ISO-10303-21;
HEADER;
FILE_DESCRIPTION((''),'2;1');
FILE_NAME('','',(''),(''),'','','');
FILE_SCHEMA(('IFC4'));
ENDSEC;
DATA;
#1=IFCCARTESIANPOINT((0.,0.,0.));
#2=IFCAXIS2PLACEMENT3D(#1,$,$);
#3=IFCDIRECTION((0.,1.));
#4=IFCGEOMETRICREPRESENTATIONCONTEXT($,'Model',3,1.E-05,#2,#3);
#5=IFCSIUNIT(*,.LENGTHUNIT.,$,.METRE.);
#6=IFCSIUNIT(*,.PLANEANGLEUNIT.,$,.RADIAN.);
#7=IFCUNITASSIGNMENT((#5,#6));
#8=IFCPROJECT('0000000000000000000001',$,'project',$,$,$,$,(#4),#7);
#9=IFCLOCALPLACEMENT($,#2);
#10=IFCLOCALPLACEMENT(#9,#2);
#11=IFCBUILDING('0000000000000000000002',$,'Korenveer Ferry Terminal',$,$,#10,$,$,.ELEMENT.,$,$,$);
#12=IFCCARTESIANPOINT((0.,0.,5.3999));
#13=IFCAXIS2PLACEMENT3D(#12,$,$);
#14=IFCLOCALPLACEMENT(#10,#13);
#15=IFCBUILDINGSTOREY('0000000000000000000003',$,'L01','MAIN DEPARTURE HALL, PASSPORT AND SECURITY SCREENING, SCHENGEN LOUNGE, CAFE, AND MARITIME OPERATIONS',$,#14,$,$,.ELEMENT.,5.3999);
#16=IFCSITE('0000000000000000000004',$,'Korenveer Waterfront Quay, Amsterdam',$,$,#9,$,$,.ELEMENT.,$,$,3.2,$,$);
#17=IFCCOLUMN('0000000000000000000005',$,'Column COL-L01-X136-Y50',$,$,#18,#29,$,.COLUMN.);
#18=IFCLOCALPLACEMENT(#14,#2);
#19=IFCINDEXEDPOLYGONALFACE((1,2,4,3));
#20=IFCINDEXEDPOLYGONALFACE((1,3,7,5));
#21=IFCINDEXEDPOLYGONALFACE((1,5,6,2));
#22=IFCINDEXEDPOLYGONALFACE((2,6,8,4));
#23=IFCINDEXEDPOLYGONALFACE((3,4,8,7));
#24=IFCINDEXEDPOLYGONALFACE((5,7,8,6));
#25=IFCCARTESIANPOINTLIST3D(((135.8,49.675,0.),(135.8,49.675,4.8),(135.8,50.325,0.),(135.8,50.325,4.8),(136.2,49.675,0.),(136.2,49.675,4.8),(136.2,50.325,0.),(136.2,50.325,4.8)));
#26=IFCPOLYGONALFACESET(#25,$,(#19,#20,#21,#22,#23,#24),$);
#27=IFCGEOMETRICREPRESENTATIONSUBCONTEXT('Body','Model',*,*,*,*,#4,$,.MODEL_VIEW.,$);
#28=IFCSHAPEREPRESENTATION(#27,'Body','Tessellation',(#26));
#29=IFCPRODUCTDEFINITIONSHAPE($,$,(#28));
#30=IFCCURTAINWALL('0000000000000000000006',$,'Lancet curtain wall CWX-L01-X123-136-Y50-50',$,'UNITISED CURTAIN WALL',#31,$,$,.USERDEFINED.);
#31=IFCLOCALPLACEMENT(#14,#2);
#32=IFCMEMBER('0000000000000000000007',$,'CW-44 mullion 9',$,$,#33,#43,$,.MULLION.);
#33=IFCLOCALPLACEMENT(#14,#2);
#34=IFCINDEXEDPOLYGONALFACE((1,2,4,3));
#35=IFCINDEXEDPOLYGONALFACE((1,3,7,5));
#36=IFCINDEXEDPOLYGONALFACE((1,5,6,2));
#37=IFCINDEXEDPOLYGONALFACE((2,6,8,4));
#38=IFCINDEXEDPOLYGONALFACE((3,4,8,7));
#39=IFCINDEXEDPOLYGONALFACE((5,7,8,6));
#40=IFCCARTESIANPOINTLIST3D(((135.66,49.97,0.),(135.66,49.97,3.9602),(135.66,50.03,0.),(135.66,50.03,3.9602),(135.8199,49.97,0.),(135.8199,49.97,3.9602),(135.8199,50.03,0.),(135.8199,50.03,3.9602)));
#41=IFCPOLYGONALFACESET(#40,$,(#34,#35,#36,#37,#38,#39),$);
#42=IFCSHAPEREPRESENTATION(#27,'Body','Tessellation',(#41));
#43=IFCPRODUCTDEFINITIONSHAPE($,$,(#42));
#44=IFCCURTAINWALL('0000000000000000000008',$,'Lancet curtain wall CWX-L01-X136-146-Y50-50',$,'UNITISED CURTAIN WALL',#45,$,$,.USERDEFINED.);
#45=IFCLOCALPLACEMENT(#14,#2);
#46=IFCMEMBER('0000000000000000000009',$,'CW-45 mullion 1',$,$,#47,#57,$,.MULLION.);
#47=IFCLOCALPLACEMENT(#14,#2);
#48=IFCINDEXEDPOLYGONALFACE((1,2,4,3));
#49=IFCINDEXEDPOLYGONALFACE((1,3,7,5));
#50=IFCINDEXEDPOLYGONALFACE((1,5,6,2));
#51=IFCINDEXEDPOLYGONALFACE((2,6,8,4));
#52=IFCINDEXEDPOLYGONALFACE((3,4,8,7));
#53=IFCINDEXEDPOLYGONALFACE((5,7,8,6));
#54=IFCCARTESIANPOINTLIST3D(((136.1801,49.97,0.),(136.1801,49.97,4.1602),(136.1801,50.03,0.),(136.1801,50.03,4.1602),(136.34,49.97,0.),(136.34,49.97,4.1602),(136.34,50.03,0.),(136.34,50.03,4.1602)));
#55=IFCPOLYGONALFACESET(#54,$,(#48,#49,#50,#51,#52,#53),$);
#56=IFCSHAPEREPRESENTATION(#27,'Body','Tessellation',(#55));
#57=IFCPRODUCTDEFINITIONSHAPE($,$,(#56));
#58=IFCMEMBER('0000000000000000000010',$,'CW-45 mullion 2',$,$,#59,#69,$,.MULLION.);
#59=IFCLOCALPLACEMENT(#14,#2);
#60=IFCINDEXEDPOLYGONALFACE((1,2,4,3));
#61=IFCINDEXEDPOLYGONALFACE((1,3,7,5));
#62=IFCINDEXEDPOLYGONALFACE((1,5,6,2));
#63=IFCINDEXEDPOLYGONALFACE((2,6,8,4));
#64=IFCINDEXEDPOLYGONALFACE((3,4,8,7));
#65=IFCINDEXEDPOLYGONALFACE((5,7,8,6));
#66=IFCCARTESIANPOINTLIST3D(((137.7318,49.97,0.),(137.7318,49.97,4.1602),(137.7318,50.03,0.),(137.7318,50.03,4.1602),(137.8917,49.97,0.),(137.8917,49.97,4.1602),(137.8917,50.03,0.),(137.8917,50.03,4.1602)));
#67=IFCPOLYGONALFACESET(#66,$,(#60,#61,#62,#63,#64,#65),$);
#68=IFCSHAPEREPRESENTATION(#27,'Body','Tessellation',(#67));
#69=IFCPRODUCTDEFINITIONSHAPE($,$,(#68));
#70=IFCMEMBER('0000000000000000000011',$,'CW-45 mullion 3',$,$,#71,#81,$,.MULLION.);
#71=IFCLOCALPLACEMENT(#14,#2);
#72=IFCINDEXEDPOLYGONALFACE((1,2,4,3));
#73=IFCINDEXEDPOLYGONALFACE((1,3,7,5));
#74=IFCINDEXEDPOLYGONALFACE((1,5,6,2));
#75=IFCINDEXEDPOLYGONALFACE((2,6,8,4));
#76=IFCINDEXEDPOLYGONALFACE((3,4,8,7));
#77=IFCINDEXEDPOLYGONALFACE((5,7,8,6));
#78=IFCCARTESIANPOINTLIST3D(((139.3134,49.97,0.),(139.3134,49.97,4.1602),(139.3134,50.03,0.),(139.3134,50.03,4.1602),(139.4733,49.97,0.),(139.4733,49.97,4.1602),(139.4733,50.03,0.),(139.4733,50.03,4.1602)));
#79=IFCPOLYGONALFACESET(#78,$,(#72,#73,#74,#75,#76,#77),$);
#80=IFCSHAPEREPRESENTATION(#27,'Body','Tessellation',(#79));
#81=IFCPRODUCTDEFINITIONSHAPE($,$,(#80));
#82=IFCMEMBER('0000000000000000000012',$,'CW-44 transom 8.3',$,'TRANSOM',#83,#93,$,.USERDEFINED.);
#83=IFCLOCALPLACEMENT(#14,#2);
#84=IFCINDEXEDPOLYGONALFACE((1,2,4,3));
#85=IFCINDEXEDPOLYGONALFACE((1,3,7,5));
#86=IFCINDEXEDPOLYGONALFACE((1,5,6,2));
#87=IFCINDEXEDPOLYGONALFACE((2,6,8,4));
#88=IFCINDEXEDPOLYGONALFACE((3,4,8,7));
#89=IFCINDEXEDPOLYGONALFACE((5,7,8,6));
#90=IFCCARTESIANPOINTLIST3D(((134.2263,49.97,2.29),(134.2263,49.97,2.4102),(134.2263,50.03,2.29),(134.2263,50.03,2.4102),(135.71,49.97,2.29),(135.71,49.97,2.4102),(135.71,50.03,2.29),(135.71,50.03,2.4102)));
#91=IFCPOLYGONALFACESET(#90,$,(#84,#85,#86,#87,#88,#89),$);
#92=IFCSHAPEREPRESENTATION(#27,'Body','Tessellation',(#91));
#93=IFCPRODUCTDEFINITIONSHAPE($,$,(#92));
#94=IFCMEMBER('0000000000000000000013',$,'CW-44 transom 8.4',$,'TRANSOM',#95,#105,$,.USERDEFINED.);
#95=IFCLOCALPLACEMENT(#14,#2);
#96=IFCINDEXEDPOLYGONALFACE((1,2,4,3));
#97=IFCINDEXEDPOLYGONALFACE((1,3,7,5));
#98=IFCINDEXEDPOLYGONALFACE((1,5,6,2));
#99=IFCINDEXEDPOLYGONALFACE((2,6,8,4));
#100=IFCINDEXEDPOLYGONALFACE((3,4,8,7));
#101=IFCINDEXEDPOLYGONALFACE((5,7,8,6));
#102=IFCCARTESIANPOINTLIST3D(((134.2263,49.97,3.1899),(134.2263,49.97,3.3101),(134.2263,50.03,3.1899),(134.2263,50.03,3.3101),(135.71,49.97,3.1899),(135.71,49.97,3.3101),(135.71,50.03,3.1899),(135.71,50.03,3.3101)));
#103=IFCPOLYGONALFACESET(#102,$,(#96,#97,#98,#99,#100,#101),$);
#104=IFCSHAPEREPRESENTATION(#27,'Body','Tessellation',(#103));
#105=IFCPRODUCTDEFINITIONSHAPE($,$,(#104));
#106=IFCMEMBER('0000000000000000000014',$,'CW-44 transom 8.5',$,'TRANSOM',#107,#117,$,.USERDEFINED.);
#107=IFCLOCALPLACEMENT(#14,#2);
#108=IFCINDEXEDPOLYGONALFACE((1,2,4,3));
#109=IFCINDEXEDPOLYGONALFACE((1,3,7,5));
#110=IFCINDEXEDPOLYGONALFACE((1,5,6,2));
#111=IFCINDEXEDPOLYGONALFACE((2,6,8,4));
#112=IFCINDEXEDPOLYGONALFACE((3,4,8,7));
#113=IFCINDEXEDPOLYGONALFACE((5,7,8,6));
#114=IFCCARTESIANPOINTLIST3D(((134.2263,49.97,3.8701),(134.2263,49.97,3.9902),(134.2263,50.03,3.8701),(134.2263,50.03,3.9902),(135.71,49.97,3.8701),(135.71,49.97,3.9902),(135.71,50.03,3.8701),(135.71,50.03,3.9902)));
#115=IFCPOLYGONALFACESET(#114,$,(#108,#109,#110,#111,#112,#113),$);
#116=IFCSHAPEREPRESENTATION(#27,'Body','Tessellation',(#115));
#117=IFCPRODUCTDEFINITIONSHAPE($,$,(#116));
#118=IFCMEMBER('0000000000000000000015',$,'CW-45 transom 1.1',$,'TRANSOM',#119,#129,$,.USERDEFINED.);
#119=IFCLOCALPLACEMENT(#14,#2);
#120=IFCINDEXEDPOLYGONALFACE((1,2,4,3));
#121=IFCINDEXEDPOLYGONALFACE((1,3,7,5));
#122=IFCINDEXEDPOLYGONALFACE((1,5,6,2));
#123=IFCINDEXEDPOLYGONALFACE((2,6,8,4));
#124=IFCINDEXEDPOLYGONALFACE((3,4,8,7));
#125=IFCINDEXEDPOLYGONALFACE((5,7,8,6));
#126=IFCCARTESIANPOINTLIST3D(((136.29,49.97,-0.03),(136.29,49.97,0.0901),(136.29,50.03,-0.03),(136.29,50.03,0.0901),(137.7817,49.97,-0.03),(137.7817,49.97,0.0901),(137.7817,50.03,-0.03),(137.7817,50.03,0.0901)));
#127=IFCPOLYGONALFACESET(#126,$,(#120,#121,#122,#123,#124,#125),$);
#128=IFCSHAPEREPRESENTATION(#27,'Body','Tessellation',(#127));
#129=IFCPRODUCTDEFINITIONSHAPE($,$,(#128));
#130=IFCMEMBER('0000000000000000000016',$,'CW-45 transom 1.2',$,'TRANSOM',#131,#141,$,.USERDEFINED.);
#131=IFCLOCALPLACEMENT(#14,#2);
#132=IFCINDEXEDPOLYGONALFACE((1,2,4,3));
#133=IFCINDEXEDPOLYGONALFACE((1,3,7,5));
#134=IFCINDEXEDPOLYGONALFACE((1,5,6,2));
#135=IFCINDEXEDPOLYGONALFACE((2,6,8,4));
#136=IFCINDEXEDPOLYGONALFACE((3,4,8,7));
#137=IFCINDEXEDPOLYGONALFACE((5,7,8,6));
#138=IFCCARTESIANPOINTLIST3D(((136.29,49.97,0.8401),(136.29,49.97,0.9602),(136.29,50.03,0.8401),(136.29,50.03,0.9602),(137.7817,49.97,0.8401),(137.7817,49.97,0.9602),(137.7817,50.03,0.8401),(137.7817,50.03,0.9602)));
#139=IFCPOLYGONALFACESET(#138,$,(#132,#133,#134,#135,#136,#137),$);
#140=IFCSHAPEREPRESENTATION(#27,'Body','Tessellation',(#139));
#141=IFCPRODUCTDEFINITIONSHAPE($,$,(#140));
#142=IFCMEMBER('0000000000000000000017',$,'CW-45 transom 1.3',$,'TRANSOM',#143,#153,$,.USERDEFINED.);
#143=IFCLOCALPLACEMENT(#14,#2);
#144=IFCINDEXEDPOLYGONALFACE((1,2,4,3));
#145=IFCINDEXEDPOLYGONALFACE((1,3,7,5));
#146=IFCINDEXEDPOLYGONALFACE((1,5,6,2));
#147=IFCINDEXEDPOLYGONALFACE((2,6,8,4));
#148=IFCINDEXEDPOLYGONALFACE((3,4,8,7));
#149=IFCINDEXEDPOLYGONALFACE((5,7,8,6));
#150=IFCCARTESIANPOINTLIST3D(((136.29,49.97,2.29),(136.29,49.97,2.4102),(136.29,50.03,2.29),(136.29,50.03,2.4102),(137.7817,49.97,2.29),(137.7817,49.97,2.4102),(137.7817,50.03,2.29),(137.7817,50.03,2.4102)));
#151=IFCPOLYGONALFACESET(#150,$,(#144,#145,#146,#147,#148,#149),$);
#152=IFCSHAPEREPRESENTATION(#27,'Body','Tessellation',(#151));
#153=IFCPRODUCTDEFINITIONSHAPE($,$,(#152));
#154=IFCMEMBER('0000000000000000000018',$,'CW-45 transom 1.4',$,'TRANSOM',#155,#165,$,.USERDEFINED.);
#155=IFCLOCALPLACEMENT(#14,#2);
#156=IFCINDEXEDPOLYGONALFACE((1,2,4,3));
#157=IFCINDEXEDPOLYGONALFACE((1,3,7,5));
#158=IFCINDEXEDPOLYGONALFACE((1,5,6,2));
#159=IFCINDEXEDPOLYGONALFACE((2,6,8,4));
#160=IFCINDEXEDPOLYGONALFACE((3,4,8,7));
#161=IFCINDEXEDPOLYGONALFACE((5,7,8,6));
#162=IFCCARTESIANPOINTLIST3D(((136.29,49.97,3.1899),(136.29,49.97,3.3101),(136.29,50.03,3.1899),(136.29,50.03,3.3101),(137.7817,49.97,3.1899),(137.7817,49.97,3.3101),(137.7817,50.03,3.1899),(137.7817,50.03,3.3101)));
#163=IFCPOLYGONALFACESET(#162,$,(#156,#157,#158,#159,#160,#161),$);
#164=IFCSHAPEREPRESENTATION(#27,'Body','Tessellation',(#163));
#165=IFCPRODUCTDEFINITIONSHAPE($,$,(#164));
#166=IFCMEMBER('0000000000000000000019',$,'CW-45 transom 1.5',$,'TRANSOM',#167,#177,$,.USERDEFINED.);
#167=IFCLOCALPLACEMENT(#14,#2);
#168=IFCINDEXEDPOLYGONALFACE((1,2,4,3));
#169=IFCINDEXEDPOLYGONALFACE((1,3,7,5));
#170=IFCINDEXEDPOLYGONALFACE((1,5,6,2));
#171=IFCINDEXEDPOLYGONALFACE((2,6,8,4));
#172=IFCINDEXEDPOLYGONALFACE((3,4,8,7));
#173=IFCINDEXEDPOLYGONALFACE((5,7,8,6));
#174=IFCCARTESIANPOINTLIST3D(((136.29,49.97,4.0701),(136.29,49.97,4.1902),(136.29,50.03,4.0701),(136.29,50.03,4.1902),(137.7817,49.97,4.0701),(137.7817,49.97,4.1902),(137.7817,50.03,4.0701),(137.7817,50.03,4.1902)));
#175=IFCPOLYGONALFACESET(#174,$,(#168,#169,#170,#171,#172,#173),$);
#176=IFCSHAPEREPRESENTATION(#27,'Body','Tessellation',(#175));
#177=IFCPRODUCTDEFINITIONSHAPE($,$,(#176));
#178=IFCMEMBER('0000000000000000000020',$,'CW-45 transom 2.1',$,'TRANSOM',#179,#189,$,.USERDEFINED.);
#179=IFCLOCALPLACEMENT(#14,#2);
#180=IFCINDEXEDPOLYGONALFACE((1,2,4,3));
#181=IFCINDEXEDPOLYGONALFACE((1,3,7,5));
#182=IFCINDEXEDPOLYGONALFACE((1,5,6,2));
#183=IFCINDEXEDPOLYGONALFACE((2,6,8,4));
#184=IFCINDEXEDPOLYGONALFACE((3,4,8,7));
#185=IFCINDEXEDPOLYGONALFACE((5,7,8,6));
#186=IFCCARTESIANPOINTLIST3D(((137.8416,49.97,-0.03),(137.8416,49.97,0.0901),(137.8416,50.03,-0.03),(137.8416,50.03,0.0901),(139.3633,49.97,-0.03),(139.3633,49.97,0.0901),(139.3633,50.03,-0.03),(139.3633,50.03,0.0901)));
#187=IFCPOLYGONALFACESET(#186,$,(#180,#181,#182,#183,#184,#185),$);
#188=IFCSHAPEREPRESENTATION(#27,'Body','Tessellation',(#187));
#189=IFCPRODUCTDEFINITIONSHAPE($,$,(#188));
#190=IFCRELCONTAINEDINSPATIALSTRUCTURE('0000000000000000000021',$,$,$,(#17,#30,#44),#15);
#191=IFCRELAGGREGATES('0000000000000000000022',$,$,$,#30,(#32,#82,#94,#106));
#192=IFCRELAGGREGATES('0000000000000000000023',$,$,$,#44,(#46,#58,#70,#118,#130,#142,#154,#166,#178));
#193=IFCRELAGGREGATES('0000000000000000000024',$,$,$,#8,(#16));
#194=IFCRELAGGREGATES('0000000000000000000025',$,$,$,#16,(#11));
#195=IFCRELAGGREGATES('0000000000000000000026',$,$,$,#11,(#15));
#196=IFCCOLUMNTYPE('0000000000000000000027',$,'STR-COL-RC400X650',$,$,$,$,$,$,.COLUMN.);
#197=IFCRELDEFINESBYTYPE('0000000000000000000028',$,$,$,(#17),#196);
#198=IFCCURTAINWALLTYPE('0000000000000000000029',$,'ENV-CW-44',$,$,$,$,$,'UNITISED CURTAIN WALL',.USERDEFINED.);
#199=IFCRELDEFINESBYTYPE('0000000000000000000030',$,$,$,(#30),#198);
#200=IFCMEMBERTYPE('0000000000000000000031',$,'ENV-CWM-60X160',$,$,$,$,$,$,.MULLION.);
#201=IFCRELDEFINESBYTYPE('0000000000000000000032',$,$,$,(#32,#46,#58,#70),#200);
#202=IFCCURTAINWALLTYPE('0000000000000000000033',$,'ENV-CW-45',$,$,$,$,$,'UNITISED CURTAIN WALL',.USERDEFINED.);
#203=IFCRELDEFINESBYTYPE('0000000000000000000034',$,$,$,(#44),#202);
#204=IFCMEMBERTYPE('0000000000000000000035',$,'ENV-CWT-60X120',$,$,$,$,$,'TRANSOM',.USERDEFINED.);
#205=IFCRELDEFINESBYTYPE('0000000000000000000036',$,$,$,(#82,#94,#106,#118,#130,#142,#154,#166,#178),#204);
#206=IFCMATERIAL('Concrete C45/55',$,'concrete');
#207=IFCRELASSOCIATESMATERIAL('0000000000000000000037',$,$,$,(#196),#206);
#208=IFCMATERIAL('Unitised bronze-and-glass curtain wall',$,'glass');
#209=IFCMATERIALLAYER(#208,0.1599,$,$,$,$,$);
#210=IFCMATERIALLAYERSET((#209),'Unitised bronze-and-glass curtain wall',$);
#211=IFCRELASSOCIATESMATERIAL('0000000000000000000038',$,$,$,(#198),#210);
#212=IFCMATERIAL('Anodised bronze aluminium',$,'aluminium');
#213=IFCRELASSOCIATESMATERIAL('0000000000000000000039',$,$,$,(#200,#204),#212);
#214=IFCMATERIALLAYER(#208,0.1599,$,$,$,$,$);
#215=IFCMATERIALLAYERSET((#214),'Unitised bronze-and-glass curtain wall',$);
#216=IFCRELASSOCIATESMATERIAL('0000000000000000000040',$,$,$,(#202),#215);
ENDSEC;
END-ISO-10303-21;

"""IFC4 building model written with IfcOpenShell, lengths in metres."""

from ifc_helpers import new_model, si_unit, direction, frame, origin, origin_2d, place, context, subcontext, project, spatial, rectangle, extrude, material, layer, layer_set, material_profile, profile_set, type_object, element, aggregate, save


model = new_model("IFC4")

# Units and contexts
model_context = context("Model", 3, precision=1e-05, world=origin(), true_north=direction((0.0, 1.0)))
body_context = subcontext(model_context, "Body", "Model", "MODEL_VIEW")
ifc_project = project(units=[si_unit("LENGTHUNIT", "METRE"), si_unit("PLANEANGLEUNIT", "RADIAN")], contexts=[model_context])

# Site, building, storey
site_placement = place(None, origin())
site = spatial("IfcSite", under=ifc_project, at=site_placement, Name="Korenveer Waterfront Quay, Amsterdam", CompositionType="ELEMENT", RefElevation=3.2)
building_placement = place(site_placement, origin())
building = spatial("IfcBuilding", under=site, at=building_placement, Name="Korenveer Ferry Terminal", CompositionType="ELEMENT")
storey_placement = place(building_placement, frame((0.0, 0.0, 5.3999)))
storey = spatial("IfcBuildingStorey", under=building, at=storey_placement, Name="L01", Description="MAIN DEPARTURE HALL, PASSPORT AND SECURITY SCREENING, SCHENGEN LOUNGE, CAFE, AND MARITIME OPERATIONS", CompositionType="ELEMENT", Elevation=5.3999)

# Column
ifc_material_1 = material(Name="Concrete C45/55", Category="concrete")
ifc_material_profile_1 = material_profile(ifc_material_1, rectangle(XDim=0.3999, YDim=0.6499, at=origin_2d()), Name="RC 400x650")
ifc_profile_set_1 = profile_set([ifc_material_profile_1], Name="Concrete C45/55")
column_type = type_object("IfcColumnType", Name="STR-COL-RC400X650", PredefinedType="COLUMN", material=ifc_profile_set_1)
column_placement = place(storey_placement, frame((136.0, 50.0, 0.0), z_axis=(0.0, 0.0, 1.0), x_axis=(1.0, 0.0, 0.0)))
element("IfcColumn", 1, at=column_placement, inside=storey, type_object=column_type, Name="Column COL-L01-X136-Y50", PredefinedType="COLUMN", context=body_context, shape_type="SweptSolid", body=[
    extrude(rectangle(XDim=0.3999, YDim=0.6499, at=origin_2d()), origin(), (0.0, 0.0, 1.0), 4.8),
])

# Curtain wall, member
ifc_material_2 = material(Name="Unitised bronze-and-glass curtain wall", Category="glass")
ifc_layer_1 = layer(ifc_material_2, 0.1599)
ifc_layer_set_1 = layer_set([ifc_layer_1], Name="Unitised bronze-and-glass curtain wall")
curtain_wall_type_1 = type_object("IfcCurtainWallType", Name="ENV-CW-44", ElementType="UNITISED CURTAIN WALL", PredefinedType="USERDEFINED", material=ifc_layer_set_1)
curtain_wall_1_placement = place(storey_placement, frame((123.1799, 50.0, 0.0)))
curtain_wall_1 = element("IfcCurtainWall", 2, at=curtain_wall_1_placement, inside=storey, type_object=curtain_wall_type_1, Name="Lancet curtain wall CWX-L01-X123-136-Y50-50", ObjectType="UNITISED CURTAIN WALL", PredefinedType="USERDEFINED")
ifc_material_3 = material(Name="Anodised bronze aluminium", Category="aluminium")
ifc_material_profile_2 = material_profile(ifc_material_3, rectangle(XDim=0.0601, YDim=0.1599, at=origin_2d()), Name="ALU 60x160")
ifc_profile_set_2 = profile_set([ifc_material_profile_2], Name="Anodised bronze aluminium")
member_type_1 = type_object("IfcMemberType", Name="ENV-CWM-60X160", PredefinedType="MULLION", material=ifc_profile_set_2)
member_1_placement = place(storey_placement, frame((135.74, 50.0, 0.0), z_axis=(0.0, 0.0, 1.0), x_axis=(0.0, 1.0, 0.0)))
member_1 = element("IfcMember", 3, at=member_1_placement, type_object=member_type_1, Name="CW-44 mullion 9", PredefinedType="MULLION", context=body_context, shape_type="SweptSolid", body=[
    extrude(rectangle(XDim=0.0601, YDim=0.1599, at=origin_2d()), origin(), (0.0, 0.0, 1.0), 3.9602),
])

# Curtain wall, members
ifc_layer_2 = layer(ifc_material_2, 0.1599)
ifc_layer_set_2 = layer_set([ifc_layer_2], Name="Unitised bronze-and-glass curtain wall")
curtain_wall_type_2 = type_object("IfcCurtainWallType", Name="ENV-CW-45", ElementType="UNITISED CURTAIN WALL", PredefinedType="USERDEFINED", material=ifc_layer_set_2)
curtain_wall_2_placement = place(storey_placement, frame((136.23, 50.0, 0.0)))
curtain_wall_2 = element("IfcCurtainWall", 4, at=curtain_wall_2_placement, inside=storey, type_object=curtain_wall_type_2, Name="Lancet curtain wall CWX-L01-X136-146-Y50-50", ObjectType="UNITISED CURTAIN WALL", PredefinedType="USERDEFINED")
member_2_placement = place(storey_placement, frame((136.26, 50.0, 0.0), z_axis=(0.0, 0.0, 1.0), x_axis=(0.0, 1.0, 0.0)))
member_2 = element("IfcMember", 5, at=member_2_placement, type_object=member_type_1, Name="CW-45 mullion 1", PredefinedType="MULLION", context=body_context, shape_type="SweptSolid", body=[
    extrude(rectangle(XDim=0.0601, YDim=0.1599, at=origin_2d()), origin(), (0.0, 0.0, 1.0), 4.1602),
])
member_3_placement = place(storey_placement, frame((137.8118, 50.0, 0.0), z_axis=(0.0, 0.0, 1.0), x_axis=(0.0, 1.0, 0.0)))
member_3 = element("IfcMember", 6, at=member_3_placement, type_object=member_type_1, Name="CW-45 mullion 2", PredefinedType="MULLION", context=body_context, shape_type="SweptSolid", body=[
    extrude(rectangle(XDim=0.0601, YDim=0.1599, at=origin_2d()), origin(), (0.0, 0.0, 1.0), 4.1602),
])
member_4_placement = place(storey_placement, frame((139.3933, 50.0, 0.0), z_axis=(0.0, 0.0, 1.0), x_axis=(0.0, 1.0, 0.0)))
member_4 = element("IfcMember", 7, at=member_4_placement, type_object=member_type_1, Name="CW-45 mullion 3", PredefinedType="MULLION", context=body_context, shape_type="SweptSolid", body=[
    extrude(rectangle(XDim=0.0601, YDim=0.1599, at=origin_2d()), origin(), (0.0, 0.0, 1.0), 4.1602),
])

# Members
ifc_material_profile_3 = material_profile(ifc_material_3, rectangle(XDim=0.0601, YDim=0.1201, at=origin_2d()), Name="ALU 60x120")
ifc_profile_set_3 = profile_set([ifc_material_profile_3], Name="Anodised bronze aluminium")
member_type_2 = type_object("IfcMemberType", Name="ENV-CWT-60X120", ElementType="TRANSOM", PredefinedType="USERDEFINED", material=ifc_profile_set_3)
member_5_placement = place(storey_placement, frame((134.2263, 50.0, 2.3501), z_axis=(1.0, 0.0, 0.0), x_axis=(0.0, 1.0, 0.0)))
member_5 = element("IfcMember", 8, at=member_5_placement, type_object=member_type_2, Name="CW-44 transom 8.3", ObjectType="TRANSOM", PredefinedType="USERDEFINED", context=body_context, shape_type="SweptSolid", body=[
    extrude(rectangle(XDim=0.0601, YDim=0.1201, at=origin_2d()), origin(), (0.0, 0.0, 1.0), 1.4836),
])
member_6_placement = place(storey_placement, frame((134.2263, 50.0, 3.25), z_axis=(1.0, 0.0, 0.0), x_axis=(0.0, 1.0, 0.0)))
member_6 = element("IfcMember", 9, at=member_6_placement, type_object=member_type_2, Name="CW-44 transom 8.4", ObjectType="TRANSOM", PredefinedType="USERDEFINED", context=body_context, shape_type="SweptSolid", body=[
    extrude(rectangle(XDim=0.0601, YDim=0.1201, at=origin_2d()), origin(), (0.0, 0.0, 1.0), 1.4836),
])
member_7_placement = place(storey_placement, frame((134.2263, 50.0, 3.9302), z_axis=(1.0, 0.0, 0.0), x_axis=(0.0, 1.0, 0.0)))
member_7 = element("IfcMember", 10, at=member_7_placement, type_object=member_type_2, Name="CW-44 transom 8.5", ObjectType="TRANSOM", PredefinedType="USERDEFINED", context=body_context, shape_type="SweptSolid", body=[
    extrude(rectangle(XDim=0.0601, YDim=0.1201, at=origin_2d()), origin(), (0.0, 0.0, 1.0), 1.4836),
])
member_8_placement = place(storey_placement, frame((136.29, 50.0, 0.03), z_axis=(1.0, 0.0, 0.0), x_axis=(0.0, 1.0, 0.0)))
member_8 = element("IfcMember", 11, at=member_8_placement, type_object=member_type_2, Name="CW-45 transom 1.1", ObjectType="TRANSOM", PredefinedType="USERDEFINED", context=body_context, shape_type="SweptSolid", body=[
    extrude(rectangle(XDim=0.0601, YDim=0.1201, at=origin_2d()), origin(), (0.0, 0.0, 1.0), 1.4917),
])
member_9_placement = place(storey_placement, frame((136.29, 50.0, 0.9001), z_axis=(1.0, 0.0, 0.0), x_axis=(0.0, 1.0, 0.0)))
member_9 = element("IfcMember", 12, at=member_9_placement, type_object=member_type_2, Name="CW-45 transom 1.2", ObjectType="TRANSOM", PredefinedType="USERDEFINED", context=body_context, shape_type="SweptSolid", body=[
    extrude(rectangle(XDim=0.0601, YDim=0.1201, at=origin_2d()), origin(), (0.0, 0.0, 1.0), 1.4917),
])
member_10_placement = place(storey_placement, frame((136.29, 50.0, 2.3501), z_axis=(1.0, 0.0, 0.0), x_axis=(0.0, 1.0, 0.0)))
member_10 = element("IfcMember", 13, at=member_10_placement, type_object=member_type_2, Name="CW-45 transom 1.3", ObjectType="TRANSOM", PredefinedType="USERDEFINED", context=body_context, shape_type="SweptSolid", body=[
    extrude(rectangle(XDim=0.0601, YDim=0.1201, at=origin_2d()), origin(), (0.0, 0.0, 1.0), 1.4917),
])
member_11_placement = place(storey_placement, frame((136.29, 50.0, 3.25), z_axis=(1.0, 0.0, 0.0), x_axis=(0.0, 1.0, 0.0)))
member_11 = element("IfcMember", 14, at=member_11_placement, type_object=member_type_2, Name="CW-45 transom 1.4", ObjectType="TRANSOM", PredefinedType="USERDEFINED", context=body_context, shape_type="SweptSolid", body=[
    extrude(rectangle(XDim=0.0601, YDim=0.1201, at=origin_2d()), origin(), (0.0, 0.0, 1.0), 1.4917),
])
member_12_placement = place(storey_placement, frame((136.29, 50.0, 4.1301), z_axis=(1.0, 0.0, 0.0), x_axis=(0.0, 1.0, 0.0)))
member_12 = element("IfcMember", 15, at=member_12_placement, type_object=member_type_2, Name="CW-45 transom 1.5", ObjectType="TRANSOM", PredefinedType="USERDEFINED", context=body_context, shape_type="SweptSolid", body=[
    extrude(rectangle(XDim=0.0601, YDim=0.1201, at=origin_2d()), origin(), (0.0, 0.0, 1.0), 1.4917),
])
member_13_placement = place(storey_placement, frame((137.8416, 50.0, 0.03), z_axis=(1.0, 0.0, 0.0), x_axis=(0.0, 1.0, 0.0)))
member_13 = element("IfcMember", 16, at=member_13_placement, type_object=member_type_2, Name="CW-45 transom 2.1", ObjectType="TRANSOM", PredefinedType="USERDEFINED", context=body_context, shape_type="SweptSolid", body=[
    extrude(rectangle(XDim=0.0601, YDim=0.1201, at=origin_2d()), origin(), (0.0, 0.0, 1.0), 1.5217),
])

aggregate(curtain_wall_1, [member_1, member_5, member_6, member_7])
aggregate(curtain_wall_2, [member_2, member_3, member_4, member_8, member_9, member_10, member_11, member_12, member_13])

save(model, "model.ifc")
